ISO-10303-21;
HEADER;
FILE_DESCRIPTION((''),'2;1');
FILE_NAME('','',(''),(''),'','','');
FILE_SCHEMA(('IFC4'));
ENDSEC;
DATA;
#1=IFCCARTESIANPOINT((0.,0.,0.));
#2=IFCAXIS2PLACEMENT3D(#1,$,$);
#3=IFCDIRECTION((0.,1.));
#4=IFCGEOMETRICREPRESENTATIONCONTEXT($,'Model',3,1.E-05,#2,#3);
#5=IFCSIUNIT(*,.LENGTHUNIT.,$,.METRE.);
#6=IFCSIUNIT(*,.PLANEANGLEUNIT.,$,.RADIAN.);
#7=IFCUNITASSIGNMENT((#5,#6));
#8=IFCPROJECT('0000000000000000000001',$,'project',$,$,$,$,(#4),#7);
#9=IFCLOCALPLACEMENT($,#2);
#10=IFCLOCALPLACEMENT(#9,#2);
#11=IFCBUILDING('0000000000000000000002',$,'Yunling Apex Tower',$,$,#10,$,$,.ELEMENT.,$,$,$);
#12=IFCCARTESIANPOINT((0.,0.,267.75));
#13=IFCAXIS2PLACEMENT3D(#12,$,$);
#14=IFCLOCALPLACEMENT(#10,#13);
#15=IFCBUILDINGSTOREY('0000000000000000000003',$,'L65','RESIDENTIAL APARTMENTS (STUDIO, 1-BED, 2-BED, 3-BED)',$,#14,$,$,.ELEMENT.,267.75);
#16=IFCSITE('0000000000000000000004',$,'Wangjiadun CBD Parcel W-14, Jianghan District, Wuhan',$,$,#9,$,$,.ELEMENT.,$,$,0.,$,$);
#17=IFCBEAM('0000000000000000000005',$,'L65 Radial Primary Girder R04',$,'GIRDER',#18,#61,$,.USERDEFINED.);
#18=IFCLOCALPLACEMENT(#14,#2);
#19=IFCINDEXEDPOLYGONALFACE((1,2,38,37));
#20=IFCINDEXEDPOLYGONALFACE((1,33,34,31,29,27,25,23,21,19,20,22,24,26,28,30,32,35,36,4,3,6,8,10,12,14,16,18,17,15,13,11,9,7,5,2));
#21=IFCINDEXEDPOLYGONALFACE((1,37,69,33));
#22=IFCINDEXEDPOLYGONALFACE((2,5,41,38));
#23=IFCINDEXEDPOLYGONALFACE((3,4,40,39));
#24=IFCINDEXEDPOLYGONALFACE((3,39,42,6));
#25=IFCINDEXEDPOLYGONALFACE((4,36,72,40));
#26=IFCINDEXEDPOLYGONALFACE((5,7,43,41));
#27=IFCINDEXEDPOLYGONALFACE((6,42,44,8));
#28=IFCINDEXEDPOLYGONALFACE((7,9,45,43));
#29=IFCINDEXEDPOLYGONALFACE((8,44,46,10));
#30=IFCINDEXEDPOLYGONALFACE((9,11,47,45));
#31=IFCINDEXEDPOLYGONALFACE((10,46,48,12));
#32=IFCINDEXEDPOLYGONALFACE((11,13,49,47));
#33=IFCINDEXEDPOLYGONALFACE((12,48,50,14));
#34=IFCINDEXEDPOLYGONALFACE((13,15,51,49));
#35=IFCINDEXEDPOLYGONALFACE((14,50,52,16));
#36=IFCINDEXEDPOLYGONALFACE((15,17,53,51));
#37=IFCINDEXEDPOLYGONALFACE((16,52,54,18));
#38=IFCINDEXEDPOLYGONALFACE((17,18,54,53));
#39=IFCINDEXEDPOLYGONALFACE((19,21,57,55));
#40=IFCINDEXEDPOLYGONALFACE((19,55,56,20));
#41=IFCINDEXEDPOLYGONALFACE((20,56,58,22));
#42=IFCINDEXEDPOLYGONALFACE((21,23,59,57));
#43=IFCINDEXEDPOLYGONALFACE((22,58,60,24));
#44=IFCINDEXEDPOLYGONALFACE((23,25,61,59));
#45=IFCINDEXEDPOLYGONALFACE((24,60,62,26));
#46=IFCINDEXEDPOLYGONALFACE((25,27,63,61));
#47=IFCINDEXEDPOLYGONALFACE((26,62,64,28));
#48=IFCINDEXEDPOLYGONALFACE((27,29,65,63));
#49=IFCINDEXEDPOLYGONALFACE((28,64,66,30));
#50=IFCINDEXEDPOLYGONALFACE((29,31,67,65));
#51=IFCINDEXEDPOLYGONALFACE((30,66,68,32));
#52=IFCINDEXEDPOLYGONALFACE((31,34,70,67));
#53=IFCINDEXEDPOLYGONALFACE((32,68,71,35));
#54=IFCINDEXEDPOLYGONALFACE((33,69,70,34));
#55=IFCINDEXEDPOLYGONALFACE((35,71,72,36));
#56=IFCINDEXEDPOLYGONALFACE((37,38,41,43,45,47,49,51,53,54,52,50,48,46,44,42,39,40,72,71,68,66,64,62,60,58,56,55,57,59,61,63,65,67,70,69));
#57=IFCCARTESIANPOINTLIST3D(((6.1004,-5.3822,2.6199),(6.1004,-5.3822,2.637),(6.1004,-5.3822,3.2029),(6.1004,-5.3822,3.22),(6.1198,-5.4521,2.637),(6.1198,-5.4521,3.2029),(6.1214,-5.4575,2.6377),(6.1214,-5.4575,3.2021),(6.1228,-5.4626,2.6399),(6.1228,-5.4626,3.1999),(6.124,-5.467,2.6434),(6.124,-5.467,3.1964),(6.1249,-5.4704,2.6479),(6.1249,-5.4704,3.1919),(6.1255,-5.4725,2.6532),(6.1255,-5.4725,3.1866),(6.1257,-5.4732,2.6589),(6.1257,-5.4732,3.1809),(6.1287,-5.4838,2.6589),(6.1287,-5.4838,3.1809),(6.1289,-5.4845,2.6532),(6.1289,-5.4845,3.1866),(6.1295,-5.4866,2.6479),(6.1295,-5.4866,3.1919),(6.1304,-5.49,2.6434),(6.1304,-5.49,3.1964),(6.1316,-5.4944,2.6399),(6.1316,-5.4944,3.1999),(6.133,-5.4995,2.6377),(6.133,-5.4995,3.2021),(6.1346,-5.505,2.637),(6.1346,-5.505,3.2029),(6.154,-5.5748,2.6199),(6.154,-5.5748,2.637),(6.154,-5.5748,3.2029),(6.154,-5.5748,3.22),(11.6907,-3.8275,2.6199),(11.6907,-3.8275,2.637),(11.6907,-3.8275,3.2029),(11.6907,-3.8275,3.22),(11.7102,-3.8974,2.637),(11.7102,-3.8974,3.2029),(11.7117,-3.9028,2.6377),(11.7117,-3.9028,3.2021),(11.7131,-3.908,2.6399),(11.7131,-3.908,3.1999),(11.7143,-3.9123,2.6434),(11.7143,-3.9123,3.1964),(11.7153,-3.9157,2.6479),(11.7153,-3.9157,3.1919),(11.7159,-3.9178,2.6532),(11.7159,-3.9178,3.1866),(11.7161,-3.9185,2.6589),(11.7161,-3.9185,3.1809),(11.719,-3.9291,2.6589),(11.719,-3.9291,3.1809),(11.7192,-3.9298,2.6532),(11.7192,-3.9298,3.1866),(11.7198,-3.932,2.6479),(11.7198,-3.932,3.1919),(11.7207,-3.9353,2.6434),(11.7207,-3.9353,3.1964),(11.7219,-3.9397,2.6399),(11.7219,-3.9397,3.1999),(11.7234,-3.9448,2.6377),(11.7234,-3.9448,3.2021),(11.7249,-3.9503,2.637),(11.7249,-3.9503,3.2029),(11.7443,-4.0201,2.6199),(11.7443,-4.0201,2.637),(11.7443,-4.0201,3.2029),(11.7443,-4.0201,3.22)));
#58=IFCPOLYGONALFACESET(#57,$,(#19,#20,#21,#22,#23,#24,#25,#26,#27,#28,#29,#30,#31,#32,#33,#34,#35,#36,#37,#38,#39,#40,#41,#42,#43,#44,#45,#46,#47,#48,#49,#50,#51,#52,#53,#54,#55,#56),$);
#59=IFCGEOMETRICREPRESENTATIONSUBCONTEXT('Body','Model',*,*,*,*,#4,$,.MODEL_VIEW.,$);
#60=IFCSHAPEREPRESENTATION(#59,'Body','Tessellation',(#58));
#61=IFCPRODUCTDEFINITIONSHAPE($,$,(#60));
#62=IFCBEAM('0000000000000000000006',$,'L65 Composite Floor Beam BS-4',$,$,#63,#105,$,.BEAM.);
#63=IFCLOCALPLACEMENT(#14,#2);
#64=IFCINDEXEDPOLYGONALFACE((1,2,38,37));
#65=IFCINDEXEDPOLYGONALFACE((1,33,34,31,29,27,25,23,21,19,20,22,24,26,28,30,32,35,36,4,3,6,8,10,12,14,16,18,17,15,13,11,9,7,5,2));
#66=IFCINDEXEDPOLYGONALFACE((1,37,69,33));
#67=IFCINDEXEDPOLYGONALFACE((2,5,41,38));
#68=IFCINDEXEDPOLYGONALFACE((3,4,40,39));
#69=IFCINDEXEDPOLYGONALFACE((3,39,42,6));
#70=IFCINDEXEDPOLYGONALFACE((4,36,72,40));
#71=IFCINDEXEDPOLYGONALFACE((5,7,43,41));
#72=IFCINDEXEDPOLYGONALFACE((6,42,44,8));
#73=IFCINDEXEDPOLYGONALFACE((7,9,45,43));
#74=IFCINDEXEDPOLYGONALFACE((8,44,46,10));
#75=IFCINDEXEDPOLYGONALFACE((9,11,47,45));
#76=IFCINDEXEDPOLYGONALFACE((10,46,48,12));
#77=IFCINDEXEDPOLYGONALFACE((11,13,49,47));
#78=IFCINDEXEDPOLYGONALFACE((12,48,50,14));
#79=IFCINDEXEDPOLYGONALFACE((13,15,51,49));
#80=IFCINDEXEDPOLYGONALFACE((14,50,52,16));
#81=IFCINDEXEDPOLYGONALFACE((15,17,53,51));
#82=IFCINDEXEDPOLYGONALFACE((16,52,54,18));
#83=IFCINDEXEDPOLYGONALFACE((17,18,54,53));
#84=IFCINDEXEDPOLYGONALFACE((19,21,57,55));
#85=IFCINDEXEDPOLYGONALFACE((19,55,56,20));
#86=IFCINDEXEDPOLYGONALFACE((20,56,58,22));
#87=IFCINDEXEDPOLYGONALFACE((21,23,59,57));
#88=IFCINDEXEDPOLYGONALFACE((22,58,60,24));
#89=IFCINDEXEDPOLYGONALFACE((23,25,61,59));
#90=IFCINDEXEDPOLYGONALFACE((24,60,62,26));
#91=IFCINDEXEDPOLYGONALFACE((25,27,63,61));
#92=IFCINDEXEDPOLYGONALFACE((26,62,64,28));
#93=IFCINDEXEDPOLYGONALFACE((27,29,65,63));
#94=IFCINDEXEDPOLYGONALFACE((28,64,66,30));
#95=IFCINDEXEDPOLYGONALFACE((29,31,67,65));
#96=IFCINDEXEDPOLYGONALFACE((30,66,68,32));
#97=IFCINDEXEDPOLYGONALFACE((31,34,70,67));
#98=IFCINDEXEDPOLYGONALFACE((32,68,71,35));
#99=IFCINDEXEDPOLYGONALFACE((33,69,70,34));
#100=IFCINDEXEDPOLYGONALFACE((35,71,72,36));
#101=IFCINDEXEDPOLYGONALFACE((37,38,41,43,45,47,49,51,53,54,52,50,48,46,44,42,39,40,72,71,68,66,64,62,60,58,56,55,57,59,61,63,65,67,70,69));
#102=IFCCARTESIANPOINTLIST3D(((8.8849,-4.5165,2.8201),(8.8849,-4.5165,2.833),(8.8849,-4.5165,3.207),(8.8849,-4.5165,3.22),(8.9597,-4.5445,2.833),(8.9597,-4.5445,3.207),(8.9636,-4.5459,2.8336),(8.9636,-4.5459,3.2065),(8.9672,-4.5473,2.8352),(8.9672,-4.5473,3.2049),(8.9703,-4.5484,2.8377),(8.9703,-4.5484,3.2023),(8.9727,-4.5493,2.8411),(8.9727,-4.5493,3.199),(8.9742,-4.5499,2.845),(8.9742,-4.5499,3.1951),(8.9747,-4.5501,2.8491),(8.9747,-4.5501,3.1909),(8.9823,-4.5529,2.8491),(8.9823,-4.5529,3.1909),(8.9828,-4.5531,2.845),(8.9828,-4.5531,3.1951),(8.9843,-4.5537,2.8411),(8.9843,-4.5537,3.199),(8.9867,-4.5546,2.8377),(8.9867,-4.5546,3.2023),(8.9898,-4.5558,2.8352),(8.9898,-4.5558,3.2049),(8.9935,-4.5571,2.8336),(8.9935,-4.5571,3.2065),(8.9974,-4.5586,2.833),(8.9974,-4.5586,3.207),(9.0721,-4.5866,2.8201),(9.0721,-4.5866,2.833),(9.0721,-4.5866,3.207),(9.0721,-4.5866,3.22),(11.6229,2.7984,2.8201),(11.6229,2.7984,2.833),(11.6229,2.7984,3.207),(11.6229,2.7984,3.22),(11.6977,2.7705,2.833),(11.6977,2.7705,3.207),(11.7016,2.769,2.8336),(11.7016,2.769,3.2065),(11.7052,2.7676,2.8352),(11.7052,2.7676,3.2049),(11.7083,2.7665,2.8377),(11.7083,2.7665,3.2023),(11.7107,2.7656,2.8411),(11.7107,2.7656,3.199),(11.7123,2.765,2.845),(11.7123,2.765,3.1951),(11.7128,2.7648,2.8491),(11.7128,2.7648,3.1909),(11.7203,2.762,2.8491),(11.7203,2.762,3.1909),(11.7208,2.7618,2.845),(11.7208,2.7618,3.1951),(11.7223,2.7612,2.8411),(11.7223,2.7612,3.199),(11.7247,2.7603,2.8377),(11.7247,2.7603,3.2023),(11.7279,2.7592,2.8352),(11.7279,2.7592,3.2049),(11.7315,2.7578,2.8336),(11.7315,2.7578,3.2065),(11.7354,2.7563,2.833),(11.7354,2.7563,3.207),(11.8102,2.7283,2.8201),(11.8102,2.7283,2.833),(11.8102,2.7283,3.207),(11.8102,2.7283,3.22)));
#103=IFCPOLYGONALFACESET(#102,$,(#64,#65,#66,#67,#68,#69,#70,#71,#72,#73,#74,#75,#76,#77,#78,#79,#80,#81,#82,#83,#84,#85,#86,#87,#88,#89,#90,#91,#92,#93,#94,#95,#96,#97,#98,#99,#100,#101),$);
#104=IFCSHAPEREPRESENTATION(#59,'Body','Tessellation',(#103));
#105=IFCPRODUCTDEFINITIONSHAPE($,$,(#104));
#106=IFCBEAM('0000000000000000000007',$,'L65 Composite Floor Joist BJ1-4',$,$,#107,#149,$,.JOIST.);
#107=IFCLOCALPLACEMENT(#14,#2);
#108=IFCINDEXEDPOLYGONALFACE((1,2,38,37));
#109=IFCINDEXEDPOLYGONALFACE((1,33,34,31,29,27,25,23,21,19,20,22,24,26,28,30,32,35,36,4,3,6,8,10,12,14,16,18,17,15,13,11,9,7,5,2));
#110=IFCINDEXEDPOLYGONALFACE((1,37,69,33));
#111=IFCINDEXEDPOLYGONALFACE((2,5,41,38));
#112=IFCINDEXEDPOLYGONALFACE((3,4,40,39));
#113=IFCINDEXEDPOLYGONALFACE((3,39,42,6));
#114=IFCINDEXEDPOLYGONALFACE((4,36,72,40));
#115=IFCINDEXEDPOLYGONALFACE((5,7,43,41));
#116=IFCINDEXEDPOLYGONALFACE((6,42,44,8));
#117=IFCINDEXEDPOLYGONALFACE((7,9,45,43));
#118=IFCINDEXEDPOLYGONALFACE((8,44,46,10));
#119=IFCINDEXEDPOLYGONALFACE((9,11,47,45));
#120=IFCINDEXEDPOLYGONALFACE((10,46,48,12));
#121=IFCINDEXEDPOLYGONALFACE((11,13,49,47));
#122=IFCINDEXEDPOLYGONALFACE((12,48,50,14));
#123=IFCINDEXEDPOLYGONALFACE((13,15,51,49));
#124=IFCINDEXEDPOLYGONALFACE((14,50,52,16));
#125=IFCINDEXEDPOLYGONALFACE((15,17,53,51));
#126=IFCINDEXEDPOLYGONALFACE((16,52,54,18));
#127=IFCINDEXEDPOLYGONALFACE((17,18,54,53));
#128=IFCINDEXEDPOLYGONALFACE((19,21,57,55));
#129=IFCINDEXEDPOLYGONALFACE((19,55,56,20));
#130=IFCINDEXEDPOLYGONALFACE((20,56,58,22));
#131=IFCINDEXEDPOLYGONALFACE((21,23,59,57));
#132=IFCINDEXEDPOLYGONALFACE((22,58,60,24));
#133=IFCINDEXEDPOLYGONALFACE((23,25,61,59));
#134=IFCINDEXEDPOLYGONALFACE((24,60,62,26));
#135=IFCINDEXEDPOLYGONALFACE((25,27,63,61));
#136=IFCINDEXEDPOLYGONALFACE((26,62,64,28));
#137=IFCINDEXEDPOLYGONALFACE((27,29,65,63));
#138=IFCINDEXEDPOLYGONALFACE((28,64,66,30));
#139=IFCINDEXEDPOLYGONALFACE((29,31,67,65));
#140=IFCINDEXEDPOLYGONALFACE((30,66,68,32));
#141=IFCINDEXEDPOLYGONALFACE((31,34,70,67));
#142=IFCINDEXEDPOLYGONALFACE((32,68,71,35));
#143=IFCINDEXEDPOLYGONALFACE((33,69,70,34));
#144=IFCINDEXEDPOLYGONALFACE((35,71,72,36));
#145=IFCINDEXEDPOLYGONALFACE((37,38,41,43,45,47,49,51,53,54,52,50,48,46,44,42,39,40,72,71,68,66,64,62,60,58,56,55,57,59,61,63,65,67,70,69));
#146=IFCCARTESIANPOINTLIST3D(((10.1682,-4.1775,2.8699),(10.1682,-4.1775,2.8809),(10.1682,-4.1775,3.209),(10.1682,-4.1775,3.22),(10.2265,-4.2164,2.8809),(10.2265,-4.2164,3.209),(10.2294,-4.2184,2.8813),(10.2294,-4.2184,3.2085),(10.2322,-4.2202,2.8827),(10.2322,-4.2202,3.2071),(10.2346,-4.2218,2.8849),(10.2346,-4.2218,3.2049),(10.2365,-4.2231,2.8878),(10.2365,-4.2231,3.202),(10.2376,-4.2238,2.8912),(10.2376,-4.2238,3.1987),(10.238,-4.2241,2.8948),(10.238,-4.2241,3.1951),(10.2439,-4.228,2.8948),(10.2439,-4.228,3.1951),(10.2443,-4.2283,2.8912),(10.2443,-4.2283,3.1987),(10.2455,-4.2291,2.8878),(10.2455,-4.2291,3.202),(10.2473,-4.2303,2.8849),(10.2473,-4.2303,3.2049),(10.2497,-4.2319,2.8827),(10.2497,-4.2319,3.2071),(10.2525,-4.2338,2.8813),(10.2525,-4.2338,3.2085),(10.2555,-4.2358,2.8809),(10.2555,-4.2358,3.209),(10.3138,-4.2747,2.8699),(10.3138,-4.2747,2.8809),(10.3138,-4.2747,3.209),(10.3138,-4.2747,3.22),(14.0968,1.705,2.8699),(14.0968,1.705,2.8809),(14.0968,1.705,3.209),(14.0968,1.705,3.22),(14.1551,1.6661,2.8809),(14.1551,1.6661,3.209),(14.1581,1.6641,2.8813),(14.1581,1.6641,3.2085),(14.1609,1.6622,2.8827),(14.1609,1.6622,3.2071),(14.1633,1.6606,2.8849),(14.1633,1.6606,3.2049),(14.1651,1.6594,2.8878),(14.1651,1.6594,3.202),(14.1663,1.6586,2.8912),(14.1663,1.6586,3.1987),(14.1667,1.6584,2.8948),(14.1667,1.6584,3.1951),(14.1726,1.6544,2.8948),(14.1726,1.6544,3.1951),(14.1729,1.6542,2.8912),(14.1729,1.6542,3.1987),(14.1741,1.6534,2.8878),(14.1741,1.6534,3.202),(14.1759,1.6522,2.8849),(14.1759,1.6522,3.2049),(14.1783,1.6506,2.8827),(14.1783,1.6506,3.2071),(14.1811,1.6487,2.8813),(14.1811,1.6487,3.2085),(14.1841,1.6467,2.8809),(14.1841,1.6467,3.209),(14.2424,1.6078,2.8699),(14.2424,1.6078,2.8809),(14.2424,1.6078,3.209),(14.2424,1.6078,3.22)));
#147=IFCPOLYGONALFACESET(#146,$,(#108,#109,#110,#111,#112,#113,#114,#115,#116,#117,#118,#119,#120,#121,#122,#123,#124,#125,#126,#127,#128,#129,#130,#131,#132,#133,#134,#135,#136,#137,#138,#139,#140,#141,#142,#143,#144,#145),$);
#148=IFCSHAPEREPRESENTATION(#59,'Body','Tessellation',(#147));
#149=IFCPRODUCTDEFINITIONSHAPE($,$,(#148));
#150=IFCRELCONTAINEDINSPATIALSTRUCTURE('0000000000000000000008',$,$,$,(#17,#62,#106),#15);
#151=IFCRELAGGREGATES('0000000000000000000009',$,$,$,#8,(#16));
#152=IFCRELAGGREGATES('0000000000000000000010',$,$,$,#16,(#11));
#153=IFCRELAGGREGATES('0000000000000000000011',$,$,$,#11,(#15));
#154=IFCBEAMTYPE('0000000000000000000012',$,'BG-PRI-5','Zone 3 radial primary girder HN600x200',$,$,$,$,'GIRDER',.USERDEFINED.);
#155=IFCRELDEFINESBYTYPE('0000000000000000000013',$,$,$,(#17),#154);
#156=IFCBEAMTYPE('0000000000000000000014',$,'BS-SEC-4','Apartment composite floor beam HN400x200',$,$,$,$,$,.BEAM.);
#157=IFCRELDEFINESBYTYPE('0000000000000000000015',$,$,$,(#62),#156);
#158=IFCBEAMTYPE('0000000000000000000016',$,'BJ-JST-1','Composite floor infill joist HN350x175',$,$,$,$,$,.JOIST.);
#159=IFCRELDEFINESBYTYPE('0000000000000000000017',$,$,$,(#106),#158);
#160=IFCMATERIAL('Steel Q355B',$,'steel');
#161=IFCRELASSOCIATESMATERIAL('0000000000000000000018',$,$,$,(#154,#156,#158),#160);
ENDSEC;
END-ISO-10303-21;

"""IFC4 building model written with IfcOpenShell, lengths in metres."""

from ifc_helpers import new_model, si_unit, direction, frame, origin, origin_2d, place, context, subcontext, project, spatial, i_section, extrude, source, transform, mapped, material, material_profile, profile_set, type_object, element, save


model = new_model("IFC4")

# Units and contexts
model_context = context("Model", 3, precision=1e-05, world=origin(), true_north=direction((0.0, 1.0)))
body_context = subcontext(model_context, "Body", "Model", "MODEL_VIEW")
ifc_project = project(units=[si_unit("LENGTHUNIT", "METRE"), si_unit("PLANEANGLEUNIT", "RADIAN")], contexts=[model_context])

# Site, building, storey
site_placement = place(None, origin())
site = spatial("IfcSite", under=ifc_project, at=site_placement, Name="Wangjiadun CBD Parcel W-14, Jianghan District, Wuhan", CompositionType="ELEMENT", RefElevation=0.0)
building_placement = place(site_placement, origin())
building = spatial("IfcBuilding", under=site, at=building_placement, Name="Yunling Apex Tower", CompositionType="ELEMENT")
storey_placement = place(building_placement, frame((0.0, 0.0, 267.75)))
storey = spatial("IfcBuildingStorey", under=building, at=storey_placement, Name="L65", Description="RESIDENTIAL APARTMENTS (STUDIO, 1-BED, 2-BED, 3-BED)", CompositionType="ELEMENT", Elevation=267.75)

# Shared definitions
ifc_material_1 = material(Name="Steel Q355B", Category="steel")

# Beams
ifc_material_profile_1 = material_profile(ifc_material_1, i_section(OverallWidth=0.2, OverallDepth=0.6001, WebThickness=0.011, FlangeThickness=0.0171, FilletRadius=0.022, at=origin_2d()))
ifc_profile_set_1 = profile_set([ifc_material_profile_1], Name="Steel Q355B")
beam_type_1 = type_object("IfcBeamType", Name="BG-PRI-5", Description="Zone 3 radial primary girder HN600x200", ElementType="GIRDER", PredefinedType="USERDEFINED", material=ifc_profile_set_1)
shared_shape_1 = source(origin(), body_context, "Body", "SweptSolid", [
    extrude(i_section(OverallWidth=0.2, OverallDepth=0.6001, WebThickness=0.011, FlangeThickness=0.0171, FilletRadius=0.022, at=origin_2d()), origin(), (0.0, 0.0, 1.0), 5.8025),
])
beam_1_placement = place(storey_placement, frame((11.7175, -3.9238, 2.9199), z_axis=(-0.963437, -0.267935, 0.0), x_axis=(0.267935, -0.963437, 0.0)))
element("IfcBeam", 1, at=beam_1_placement, inside=storey, type_object=beam_type_1, Name="L65 Radial Primary Girder R04", ObjectType="GIRDER", PredefinedType="USERDEFINED", context=body_context, shape_type="MappedRepresentation", body=[
    mapped(shared_shape_1, transform((0.0, 0.0, 0.0), scale=1.0)),
])
ifc_material_profile_2 = material_profile(ifc_material_1, i_section(OverallWidth=0.2, OverallDepth=0.3999, WebThickness=0.0081, FlangeThickness=0.0129, FilletRadius=0.0161, at=origin_2d()))
ifc_profile_set_2 = profile_set([ifc_material_profile_2], Name="Steel Q355B")
beam_type_2 = type_object("IfcBeamType", Name="BS-SEC-4", Description="Apartment composite floor beam HN400x200", PredefinedType="BEAM", material=ifc_profile_set_2)
shared_shape_2 = source(origin(), body_context, "Body", "SweptSolid", [
    extrude(i_section(OverallWidth=0.2, OverallDepth=0.3999, WebThickness=0.0081, FlangeThickness=0.0129, FilletRadius=0.0161, at=origin_2d()), origin(), (0.0, 0.0, 1.0), 7.8105),
])
beam_2_placement = place(storey_placement, frame((8.9785, -4.5515, 3.02), z_axis=(0.350555, 0.936542, 0.0), x_axis=(-0.936542, 0.350555, 0.0)))
element("IfcBeam", 2, at=beam_2_placement, inside=storey, type_object=beam_type_2, Name="L65 Composite Floor Beam BS-4", PredefinedType="BEAM", context=body_context, shape_type="MappedRepresentation", body=[
    mapped(shared_shape_2, transform((0.0, 0.0, 0.0), scale=1.0)),
])
ifc_material_profile_3 = material_profile(ifc_material_1, i_section(OverallWidth=0.175, OverallDepth=0.3501, WebThickness=0.0071, FlangeThickness=0.011, FilletRadius=0.0139, at=origin_2d()))
ifc_profile_set_3 = profile_set([ifc_material_profile_3], Name="Steel Q355B")
beam_type_3 = type_object("IfcBeamType", Name="BJ-JST-1", Description="Composite floor infill joist HN350x175", PredefinedType="JOIST", material=ifc_profile_set_3)
shared_shape_3 = source(origin(), body_context, "Body", "SweptSolid", [
    extrude(i_section(OverallWidth=0.175, OverallDepth=0.3501, WebThickness=0.0071, FlangeThickness=0.011, FilletRadius=0.0139, at=origin_2d()), origin(), (0.0, 0.0, 1.0), 7.0737),
])
beam_3_placement = place(storey_placement, frame((10.241, -4.2261, 3.0449), z_axis=(0.555385, 0.831593, 0.0), x_axis=(-0.831593, 0.555385, 0.0)))
element("IfcBeam", 3, at=beam_3_placement, inside=storey, type_object=beam_type_3, Name="L65 Composite Floor Joist BJ1-4", PredefinedType="JOIST", context=body_context, shape_type="MappedRepresentation", body=[
    mapped(shared_shape_3, transform((0.0, 0.0, 0.0), scale=1.0)),
])

save(model, "model.ifc")
